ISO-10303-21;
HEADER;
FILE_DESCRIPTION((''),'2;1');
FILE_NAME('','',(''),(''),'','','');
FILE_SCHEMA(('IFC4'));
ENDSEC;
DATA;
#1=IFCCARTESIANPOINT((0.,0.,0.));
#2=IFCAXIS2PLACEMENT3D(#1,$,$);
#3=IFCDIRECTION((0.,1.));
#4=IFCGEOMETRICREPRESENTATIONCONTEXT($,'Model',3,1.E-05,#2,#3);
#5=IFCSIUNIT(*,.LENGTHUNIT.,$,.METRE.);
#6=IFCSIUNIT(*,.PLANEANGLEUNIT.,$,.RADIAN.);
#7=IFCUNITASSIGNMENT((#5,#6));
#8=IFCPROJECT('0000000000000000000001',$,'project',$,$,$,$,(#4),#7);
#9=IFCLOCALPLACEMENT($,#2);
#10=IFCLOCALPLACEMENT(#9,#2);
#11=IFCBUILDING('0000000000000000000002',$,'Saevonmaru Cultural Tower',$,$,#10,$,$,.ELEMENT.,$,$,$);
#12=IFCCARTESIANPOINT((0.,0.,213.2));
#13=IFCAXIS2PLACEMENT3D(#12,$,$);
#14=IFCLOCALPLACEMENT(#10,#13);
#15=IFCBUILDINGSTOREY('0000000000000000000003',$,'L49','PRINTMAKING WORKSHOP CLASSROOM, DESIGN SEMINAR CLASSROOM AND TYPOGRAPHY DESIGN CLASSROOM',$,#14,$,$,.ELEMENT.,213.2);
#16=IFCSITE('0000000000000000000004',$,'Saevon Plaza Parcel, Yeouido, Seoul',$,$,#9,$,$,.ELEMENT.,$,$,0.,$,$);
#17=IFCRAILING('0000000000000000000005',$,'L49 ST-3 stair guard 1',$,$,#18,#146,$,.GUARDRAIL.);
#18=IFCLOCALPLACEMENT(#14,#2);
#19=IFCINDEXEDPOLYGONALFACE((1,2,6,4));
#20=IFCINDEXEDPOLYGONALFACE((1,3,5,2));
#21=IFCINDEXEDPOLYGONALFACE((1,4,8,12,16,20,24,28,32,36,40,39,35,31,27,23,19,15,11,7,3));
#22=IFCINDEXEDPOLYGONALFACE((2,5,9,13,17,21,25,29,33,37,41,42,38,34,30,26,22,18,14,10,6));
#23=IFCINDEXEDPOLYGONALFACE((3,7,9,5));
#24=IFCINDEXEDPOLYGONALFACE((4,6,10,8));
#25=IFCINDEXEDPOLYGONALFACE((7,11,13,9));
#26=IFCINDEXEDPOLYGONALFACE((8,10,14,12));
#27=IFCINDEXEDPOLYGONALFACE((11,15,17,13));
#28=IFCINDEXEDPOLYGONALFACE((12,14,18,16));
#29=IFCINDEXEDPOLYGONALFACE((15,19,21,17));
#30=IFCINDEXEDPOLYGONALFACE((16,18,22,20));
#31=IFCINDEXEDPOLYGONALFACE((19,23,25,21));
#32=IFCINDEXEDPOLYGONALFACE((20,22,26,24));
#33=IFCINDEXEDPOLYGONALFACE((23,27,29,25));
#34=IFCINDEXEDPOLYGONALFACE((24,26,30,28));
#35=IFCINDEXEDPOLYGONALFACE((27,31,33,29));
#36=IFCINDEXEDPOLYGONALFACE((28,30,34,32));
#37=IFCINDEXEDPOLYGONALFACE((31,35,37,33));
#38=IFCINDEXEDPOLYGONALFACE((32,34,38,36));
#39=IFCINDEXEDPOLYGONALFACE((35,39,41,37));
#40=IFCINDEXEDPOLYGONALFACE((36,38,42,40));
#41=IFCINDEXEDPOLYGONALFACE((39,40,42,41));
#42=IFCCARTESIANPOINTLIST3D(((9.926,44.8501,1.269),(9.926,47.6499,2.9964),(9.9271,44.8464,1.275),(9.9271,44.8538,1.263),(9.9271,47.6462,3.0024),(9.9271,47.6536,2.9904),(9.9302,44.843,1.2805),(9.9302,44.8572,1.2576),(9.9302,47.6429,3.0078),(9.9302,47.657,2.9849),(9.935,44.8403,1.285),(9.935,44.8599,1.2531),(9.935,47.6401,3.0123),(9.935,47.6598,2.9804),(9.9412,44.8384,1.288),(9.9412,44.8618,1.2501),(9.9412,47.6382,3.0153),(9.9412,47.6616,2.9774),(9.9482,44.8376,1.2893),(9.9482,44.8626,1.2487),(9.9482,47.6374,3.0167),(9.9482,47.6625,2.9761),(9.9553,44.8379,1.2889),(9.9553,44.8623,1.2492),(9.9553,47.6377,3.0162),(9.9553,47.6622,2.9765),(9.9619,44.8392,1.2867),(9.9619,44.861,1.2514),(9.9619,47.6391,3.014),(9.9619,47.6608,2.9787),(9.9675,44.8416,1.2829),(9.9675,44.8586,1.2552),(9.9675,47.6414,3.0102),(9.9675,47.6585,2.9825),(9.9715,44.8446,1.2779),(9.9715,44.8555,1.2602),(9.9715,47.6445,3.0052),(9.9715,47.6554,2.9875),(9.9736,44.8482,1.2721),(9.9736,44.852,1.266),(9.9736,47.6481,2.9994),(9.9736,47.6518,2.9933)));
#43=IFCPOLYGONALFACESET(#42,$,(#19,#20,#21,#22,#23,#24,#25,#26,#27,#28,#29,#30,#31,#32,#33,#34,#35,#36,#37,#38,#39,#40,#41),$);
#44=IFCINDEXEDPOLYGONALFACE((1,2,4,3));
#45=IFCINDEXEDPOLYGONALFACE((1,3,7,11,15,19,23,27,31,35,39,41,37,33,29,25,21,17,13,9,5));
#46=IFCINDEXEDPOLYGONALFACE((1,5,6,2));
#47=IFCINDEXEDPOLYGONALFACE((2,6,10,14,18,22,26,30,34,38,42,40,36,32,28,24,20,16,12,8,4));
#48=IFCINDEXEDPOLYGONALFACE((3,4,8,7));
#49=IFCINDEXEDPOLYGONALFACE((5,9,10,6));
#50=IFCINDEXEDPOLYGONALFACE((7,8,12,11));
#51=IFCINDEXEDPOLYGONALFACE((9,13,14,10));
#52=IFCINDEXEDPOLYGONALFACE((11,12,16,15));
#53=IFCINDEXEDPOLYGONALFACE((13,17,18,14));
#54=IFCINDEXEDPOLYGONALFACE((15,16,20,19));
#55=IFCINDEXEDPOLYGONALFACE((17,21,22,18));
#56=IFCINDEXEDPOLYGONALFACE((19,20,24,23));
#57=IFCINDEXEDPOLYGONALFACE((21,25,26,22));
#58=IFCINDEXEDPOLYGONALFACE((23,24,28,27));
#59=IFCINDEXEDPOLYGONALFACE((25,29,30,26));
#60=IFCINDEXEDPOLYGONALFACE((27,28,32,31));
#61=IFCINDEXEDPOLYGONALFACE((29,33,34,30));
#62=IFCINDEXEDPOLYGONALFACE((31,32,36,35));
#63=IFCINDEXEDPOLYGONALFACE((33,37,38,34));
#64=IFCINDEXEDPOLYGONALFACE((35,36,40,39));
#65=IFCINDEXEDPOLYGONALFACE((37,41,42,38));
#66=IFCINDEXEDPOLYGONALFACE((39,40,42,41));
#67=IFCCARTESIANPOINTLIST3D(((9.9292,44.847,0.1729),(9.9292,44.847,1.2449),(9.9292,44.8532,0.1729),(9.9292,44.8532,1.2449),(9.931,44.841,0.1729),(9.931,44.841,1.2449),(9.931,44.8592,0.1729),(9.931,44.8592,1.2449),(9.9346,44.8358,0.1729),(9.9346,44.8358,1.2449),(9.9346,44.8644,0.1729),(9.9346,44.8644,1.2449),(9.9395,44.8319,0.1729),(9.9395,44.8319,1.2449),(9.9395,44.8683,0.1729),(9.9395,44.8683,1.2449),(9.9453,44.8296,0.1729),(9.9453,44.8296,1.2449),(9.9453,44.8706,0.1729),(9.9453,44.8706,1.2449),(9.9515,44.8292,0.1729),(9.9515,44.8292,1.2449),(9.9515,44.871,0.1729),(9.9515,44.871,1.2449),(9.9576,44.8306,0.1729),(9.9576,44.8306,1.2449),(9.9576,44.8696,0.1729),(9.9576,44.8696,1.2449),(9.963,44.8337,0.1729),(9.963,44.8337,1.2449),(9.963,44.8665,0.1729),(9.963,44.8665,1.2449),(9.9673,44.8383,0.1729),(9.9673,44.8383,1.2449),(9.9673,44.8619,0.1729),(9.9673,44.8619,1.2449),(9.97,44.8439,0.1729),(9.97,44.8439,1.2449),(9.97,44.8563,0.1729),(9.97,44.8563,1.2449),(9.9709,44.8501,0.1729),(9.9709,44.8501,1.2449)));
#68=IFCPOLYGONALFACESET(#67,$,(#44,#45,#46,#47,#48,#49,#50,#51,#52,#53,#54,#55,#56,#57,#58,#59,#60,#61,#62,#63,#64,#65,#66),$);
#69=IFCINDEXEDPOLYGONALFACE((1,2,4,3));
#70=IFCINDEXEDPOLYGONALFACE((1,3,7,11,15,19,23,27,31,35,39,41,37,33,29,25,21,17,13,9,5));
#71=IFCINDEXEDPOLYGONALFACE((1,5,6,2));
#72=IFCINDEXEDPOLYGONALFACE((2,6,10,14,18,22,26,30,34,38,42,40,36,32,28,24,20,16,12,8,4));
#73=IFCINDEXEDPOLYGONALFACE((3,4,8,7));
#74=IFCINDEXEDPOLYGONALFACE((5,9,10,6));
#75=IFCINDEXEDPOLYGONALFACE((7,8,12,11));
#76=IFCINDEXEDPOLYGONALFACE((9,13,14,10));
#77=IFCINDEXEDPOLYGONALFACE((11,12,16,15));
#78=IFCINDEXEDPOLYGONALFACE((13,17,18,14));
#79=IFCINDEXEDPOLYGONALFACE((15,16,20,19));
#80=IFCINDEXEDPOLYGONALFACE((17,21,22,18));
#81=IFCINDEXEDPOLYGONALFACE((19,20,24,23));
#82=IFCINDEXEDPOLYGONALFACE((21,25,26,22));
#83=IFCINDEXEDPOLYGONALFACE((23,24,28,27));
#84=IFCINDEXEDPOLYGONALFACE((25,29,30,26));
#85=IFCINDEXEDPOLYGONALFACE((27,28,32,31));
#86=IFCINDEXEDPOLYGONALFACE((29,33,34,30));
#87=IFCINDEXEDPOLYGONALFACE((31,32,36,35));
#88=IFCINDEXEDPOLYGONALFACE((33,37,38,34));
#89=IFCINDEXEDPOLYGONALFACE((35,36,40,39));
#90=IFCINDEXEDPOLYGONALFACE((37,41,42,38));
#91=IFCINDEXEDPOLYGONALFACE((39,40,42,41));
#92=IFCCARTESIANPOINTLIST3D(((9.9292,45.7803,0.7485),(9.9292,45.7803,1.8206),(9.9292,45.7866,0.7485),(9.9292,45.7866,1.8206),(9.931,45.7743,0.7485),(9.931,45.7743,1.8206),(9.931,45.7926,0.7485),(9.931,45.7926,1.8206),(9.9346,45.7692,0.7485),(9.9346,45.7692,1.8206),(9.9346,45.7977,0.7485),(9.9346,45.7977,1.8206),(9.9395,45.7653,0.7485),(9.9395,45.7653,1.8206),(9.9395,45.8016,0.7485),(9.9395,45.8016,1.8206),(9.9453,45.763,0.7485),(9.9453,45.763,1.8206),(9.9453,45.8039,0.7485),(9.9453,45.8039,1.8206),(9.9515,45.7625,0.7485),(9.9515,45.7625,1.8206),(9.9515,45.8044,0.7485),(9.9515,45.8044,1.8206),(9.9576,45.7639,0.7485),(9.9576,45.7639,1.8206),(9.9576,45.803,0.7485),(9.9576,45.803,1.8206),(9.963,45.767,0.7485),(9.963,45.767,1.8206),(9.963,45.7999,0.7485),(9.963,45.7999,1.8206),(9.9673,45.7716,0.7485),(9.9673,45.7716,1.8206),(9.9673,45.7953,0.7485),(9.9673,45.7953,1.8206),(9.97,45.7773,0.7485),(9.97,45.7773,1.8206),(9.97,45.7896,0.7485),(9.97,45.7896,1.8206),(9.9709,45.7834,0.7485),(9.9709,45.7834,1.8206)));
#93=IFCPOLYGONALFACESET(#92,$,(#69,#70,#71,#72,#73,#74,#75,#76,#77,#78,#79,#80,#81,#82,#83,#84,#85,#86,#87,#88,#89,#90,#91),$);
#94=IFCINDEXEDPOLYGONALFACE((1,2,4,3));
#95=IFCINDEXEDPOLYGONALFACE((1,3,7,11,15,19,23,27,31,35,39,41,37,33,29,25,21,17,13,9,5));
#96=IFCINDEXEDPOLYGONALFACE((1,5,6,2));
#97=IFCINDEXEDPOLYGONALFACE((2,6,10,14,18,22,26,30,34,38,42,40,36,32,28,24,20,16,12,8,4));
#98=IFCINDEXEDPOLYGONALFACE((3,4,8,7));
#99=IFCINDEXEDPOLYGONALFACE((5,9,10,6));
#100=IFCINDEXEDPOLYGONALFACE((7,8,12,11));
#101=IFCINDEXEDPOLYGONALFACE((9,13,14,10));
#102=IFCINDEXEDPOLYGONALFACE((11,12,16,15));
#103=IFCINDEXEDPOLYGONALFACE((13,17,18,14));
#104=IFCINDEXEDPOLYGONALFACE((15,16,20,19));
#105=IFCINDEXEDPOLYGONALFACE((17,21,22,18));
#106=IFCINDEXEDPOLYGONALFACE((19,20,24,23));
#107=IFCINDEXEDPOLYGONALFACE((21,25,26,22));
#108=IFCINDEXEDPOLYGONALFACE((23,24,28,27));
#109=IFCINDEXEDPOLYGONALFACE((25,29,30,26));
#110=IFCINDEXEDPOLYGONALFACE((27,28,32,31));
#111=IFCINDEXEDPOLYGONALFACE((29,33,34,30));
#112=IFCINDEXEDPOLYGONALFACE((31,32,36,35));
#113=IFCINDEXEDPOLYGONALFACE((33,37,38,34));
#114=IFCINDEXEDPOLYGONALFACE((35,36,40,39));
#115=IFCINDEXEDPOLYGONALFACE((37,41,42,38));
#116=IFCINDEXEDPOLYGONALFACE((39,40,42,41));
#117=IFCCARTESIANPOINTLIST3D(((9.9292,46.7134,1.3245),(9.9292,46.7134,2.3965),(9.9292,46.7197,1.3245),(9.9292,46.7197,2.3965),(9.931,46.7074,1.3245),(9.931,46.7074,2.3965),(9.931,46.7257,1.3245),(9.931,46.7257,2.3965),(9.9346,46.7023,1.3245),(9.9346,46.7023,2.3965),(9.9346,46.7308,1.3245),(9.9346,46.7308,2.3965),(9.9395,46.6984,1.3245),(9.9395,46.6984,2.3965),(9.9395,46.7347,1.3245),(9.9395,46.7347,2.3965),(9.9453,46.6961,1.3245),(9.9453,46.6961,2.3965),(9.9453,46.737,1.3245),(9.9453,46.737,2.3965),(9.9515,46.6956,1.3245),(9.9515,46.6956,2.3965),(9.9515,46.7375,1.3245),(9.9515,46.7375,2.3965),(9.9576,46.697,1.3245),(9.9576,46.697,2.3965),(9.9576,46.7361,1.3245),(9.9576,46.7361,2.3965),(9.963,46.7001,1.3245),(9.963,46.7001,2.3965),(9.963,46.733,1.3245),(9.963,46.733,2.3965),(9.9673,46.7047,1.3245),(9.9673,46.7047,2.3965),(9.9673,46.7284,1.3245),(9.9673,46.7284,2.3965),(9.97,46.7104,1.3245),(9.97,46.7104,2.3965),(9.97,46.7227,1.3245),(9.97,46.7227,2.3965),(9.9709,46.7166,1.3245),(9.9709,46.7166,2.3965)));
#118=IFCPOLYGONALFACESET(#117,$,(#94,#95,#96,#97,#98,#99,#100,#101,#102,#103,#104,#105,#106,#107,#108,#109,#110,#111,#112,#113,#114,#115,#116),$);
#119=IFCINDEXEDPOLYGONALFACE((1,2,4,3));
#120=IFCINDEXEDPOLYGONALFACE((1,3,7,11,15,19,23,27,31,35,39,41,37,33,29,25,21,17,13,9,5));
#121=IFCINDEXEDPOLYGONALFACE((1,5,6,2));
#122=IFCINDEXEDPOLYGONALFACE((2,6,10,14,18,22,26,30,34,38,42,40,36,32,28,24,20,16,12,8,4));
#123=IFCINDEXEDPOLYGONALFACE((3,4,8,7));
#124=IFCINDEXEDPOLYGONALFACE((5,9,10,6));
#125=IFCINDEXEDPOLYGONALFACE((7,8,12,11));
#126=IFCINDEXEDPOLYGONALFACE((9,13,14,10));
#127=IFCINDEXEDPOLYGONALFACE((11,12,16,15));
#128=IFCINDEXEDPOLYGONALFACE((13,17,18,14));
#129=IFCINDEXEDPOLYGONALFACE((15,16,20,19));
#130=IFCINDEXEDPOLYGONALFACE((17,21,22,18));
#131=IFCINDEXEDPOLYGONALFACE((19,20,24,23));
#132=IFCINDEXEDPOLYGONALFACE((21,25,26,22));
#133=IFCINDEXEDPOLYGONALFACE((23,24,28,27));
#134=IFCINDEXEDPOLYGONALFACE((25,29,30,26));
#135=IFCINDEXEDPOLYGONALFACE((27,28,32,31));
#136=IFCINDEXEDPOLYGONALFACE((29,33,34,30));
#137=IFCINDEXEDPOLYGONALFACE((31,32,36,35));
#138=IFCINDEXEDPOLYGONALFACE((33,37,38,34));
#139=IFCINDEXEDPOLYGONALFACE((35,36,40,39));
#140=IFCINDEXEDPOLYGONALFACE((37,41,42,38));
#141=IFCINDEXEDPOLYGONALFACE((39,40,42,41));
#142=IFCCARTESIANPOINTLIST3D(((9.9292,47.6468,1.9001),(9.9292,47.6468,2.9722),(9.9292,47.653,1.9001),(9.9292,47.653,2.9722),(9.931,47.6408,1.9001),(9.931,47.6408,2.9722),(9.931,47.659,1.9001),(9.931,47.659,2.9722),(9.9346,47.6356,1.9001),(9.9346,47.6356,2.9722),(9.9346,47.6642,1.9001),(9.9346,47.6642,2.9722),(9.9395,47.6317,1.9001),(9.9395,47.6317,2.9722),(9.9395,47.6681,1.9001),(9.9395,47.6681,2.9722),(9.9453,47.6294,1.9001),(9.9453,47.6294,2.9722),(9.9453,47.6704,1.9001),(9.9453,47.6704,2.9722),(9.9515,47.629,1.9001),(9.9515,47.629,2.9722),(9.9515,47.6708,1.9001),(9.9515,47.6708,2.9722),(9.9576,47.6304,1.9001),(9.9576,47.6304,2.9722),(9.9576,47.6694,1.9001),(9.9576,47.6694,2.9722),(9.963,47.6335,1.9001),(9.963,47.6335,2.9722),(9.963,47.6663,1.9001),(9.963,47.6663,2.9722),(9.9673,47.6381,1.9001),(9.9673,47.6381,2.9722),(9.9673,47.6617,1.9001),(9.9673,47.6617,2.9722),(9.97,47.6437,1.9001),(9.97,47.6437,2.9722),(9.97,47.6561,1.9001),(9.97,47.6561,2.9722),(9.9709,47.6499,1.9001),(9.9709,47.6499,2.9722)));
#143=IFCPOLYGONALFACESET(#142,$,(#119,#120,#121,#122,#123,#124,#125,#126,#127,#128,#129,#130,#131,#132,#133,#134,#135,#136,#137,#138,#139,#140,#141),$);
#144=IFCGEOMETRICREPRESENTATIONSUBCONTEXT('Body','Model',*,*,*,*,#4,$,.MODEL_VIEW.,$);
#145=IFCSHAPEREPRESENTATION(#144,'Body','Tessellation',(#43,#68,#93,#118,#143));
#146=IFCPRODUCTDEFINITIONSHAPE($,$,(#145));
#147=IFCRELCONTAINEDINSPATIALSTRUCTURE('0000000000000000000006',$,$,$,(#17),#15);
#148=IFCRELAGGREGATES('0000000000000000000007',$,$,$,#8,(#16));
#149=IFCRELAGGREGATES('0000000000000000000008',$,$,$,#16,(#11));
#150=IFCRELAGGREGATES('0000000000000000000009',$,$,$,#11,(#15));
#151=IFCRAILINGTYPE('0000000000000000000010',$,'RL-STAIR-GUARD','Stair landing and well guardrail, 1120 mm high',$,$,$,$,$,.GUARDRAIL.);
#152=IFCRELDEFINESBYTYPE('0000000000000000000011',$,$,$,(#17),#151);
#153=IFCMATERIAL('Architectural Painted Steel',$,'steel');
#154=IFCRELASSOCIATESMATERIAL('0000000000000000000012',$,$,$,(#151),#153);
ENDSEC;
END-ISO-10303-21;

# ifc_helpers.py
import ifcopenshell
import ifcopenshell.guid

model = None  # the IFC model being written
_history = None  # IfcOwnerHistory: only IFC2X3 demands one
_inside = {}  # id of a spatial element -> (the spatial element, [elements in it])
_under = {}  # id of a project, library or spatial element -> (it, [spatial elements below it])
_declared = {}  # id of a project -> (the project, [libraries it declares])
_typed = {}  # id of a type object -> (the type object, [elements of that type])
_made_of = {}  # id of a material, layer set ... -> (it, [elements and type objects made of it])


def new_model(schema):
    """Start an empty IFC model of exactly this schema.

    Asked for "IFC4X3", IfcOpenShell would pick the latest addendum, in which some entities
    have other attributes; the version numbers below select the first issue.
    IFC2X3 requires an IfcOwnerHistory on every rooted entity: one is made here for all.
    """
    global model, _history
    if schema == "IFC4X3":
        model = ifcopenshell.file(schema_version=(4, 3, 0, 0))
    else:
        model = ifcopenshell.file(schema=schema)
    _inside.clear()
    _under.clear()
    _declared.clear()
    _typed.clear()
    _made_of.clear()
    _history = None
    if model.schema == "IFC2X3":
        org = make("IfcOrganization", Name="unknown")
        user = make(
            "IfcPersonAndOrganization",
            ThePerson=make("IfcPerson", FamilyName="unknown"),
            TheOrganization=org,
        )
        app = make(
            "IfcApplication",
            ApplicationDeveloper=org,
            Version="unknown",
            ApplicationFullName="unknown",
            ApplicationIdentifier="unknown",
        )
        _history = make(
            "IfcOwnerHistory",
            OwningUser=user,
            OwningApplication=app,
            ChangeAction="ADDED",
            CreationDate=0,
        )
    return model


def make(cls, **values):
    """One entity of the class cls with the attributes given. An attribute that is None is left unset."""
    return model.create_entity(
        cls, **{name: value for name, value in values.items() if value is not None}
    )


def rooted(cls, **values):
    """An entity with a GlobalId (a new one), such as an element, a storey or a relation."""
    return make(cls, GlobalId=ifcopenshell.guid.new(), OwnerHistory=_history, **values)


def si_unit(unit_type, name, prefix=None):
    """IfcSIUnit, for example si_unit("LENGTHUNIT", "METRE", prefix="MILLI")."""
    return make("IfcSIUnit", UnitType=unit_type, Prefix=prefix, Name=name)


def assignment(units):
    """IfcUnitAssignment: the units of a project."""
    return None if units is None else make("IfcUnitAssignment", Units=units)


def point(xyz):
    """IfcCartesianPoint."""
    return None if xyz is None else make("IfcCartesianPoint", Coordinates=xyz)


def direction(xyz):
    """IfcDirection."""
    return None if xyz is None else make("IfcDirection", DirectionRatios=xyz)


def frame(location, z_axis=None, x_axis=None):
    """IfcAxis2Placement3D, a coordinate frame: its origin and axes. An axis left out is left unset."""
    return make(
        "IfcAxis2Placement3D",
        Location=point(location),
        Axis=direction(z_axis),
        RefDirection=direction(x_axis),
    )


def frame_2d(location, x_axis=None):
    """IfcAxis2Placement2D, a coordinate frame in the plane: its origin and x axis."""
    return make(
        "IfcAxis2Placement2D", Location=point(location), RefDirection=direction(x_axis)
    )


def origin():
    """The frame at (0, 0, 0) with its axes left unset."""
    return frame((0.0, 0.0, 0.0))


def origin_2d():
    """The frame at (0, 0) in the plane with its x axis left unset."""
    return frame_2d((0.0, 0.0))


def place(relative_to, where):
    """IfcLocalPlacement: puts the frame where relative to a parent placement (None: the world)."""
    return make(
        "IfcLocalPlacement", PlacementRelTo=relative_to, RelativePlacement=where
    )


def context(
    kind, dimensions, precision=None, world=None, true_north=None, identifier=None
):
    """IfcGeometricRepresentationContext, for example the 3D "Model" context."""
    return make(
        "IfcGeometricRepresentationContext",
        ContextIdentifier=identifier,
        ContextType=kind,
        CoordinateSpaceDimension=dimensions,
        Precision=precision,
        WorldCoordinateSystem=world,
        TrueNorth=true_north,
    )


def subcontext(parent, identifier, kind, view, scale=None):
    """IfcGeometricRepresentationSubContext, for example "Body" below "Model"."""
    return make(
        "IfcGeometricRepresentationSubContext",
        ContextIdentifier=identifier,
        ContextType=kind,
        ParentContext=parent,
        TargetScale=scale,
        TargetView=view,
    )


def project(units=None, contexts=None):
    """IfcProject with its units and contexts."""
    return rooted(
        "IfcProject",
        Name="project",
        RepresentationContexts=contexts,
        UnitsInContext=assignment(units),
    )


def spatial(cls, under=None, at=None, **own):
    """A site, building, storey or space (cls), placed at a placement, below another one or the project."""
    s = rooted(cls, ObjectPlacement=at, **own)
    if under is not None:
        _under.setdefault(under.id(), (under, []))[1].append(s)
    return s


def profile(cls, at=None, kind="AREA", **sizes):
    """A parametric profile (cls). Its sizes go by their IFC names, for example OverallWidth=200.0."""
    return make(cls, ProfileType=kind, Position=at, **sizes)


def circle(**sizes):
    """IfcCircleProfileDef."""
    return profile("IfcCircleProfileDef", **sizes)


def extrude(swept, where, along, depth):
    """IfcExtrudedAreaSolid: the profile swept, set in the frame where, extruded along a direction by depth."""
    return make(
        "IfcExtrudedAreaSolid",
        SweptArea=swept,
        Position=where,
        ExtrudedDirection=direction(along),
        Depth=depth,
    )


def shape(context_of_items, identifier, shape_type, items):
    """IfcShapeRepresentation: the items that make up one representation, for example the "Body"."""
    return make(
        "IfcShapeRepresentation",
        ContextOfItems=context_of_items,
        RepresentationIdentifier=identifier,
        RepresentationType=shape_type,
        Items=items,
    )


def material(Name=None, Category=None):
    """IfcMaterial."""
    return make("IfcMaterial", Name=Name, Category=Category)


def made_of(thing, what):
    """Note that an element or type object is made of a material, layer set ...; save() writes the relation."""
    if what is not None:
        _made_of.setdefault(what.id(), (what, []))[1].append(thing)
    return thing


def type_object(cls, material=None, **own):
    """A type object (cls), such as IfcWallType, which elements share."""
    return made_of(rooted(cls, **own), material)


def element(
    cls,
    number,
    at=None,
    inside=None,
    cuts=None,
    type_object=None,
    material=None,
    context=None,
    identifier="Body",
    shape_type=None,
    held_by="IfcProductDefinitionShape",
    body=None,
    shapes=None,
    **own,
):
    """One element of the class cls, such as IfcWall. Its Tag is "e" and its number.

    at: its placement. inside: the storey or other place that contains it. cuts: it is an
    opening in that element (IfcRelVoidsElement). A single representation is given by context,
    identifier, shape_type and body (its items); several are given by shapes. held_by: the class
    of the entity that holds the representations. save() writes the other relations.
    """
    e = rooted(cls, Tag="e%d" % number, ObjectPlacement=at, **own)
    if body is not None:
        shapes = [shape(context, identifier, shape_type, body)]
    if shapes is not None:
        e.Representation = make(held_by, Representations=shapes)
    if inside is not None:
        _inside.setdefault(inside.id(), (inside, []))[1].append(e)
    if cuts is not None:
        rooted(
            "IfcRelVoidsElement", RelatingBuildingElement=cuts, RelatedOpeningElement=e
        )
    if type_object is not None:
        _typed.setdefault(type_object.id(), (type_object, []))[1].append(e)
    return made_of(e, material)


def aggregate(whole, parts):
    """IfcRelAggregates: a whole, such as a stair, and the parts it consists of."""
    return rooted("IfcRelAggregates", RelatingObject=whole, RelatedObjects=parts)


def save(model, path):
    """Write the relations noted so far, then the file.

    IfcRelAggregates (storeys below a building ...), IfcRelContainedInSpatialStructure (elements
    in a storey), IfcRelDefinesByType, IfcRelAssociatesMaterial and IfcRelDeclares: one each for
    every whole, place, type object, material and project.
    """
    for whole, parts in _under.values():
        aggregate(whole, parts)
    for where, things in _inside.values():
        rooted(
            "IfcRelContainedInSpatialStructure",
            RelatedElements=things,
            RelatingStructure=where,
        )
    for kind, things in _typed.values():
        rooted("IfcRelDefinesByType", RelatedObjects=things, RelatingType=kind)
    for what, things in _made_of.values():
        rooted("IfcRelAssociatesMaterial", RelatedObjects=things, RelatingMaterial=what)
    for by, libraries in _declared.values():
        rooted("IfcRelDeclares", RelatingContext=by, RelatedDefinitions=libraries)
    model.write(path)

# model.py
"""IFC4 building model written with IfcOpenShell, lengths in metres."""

from ifc_helpers import new_model, si_unit, direction, frame, origin, origin_2d, place, context, subcontext, project, spatial, circle, extrude, material, type_object, element, save


model = new_model("IFC4")

# Units and contexts
model_context = context("Model", 3, precision=1e-05, world=origin(), true_north=direction((0.0, 1.0)))
body_context = subcontext(model_context, "Body", "Model", "MODEL_VIEW")
ifc_project = project(units=[si_unit("LENGTHUNIT", "METRE"), si_unit("PLANEANGLEUNIT", "RADIAN")], contexts=[model_context])

# Site, building, storey
site_placement = place(None, origin())
site = spatial("IfcSite", under=ifc_project, at=site_placement, Name="Saevon Plaza Parcel, Yeouido, Seoul", CompositionType="ELEMENT", RefElevation=0.0)
building_placement = place(site_placement, origin())
building = spatial("IfcBuilding", under=site, at=building_placement, Name="Saevonmaru Cultural Tower", CompositionType="ELEMENT")
storey_placement = place(building_placement, frame((0.0, 0.0, 213.2)))
storey = spatial("IfcBuildingStorey", under=building, at=storey_placement, Name="L49", Description="PRINTMAKING WORKSHOP CLASSROOM, DESIGN SEMINAR CLASSROOM AND TYPOGRAPHY DESIGN CLASSROOM", CompositionType="ELEMENT", Elevation=213.2)

# Railing
ifc_material_1 = material(Name="Architectural Painted Steel", Category="steel")
railing_type_1 = type_object("IfcRailingType", Name="RL-STAIR-GUARD", Description="Stair landing and well guardrail, 1120 mm high", PredefinedType="GUARDRAIL", material=ifc_material_1)
railing_1_placement = place(storey_placement, frame((9.95, 44.8501, 0.1729)))
element("IfcRailing", 1, at=railing_1_placement, inside=storey, type_object=railing_type_1, Name="L49 ST-3 stair guard 1", PredefinedType="GUARDRAIL", context=body_context, shape_type="SweptSolid", body=[
    extrude(circle(Radius=0.0239, at=origin_2d()), frame((0.0, 0.0, 1.0962), z_axis=(0.0, 0.851069, 0.525054), x_axis=(-1.0, 0.0, 0.0)), (0.0, 0.0, 1.0), 3.2898),
    extrude(circle(Radius=0.021, at=origin_2d()), origin(), (0.0, 0.0, 1.0), 1.072),
    extrude(circle(Radius=0.021, at=origin_2d()), frame((0.0, 0.9333, 0.5757)), (0.0, 0.0, 1.0), 1.072),
    extrude(circle(Radius=0.021, at=origin_2d()), frame((0.0, 1.8665, 1.1516)), (0.0, 0.0, 1.0), 1.072),
    extrude(circle(Radius=0.021, at=origin_2d()), frame((0.0, 2.7998, 1.7273)), (0.0, 0.0, 1.0), 1.072),
])

save(model, "model.ifc")
